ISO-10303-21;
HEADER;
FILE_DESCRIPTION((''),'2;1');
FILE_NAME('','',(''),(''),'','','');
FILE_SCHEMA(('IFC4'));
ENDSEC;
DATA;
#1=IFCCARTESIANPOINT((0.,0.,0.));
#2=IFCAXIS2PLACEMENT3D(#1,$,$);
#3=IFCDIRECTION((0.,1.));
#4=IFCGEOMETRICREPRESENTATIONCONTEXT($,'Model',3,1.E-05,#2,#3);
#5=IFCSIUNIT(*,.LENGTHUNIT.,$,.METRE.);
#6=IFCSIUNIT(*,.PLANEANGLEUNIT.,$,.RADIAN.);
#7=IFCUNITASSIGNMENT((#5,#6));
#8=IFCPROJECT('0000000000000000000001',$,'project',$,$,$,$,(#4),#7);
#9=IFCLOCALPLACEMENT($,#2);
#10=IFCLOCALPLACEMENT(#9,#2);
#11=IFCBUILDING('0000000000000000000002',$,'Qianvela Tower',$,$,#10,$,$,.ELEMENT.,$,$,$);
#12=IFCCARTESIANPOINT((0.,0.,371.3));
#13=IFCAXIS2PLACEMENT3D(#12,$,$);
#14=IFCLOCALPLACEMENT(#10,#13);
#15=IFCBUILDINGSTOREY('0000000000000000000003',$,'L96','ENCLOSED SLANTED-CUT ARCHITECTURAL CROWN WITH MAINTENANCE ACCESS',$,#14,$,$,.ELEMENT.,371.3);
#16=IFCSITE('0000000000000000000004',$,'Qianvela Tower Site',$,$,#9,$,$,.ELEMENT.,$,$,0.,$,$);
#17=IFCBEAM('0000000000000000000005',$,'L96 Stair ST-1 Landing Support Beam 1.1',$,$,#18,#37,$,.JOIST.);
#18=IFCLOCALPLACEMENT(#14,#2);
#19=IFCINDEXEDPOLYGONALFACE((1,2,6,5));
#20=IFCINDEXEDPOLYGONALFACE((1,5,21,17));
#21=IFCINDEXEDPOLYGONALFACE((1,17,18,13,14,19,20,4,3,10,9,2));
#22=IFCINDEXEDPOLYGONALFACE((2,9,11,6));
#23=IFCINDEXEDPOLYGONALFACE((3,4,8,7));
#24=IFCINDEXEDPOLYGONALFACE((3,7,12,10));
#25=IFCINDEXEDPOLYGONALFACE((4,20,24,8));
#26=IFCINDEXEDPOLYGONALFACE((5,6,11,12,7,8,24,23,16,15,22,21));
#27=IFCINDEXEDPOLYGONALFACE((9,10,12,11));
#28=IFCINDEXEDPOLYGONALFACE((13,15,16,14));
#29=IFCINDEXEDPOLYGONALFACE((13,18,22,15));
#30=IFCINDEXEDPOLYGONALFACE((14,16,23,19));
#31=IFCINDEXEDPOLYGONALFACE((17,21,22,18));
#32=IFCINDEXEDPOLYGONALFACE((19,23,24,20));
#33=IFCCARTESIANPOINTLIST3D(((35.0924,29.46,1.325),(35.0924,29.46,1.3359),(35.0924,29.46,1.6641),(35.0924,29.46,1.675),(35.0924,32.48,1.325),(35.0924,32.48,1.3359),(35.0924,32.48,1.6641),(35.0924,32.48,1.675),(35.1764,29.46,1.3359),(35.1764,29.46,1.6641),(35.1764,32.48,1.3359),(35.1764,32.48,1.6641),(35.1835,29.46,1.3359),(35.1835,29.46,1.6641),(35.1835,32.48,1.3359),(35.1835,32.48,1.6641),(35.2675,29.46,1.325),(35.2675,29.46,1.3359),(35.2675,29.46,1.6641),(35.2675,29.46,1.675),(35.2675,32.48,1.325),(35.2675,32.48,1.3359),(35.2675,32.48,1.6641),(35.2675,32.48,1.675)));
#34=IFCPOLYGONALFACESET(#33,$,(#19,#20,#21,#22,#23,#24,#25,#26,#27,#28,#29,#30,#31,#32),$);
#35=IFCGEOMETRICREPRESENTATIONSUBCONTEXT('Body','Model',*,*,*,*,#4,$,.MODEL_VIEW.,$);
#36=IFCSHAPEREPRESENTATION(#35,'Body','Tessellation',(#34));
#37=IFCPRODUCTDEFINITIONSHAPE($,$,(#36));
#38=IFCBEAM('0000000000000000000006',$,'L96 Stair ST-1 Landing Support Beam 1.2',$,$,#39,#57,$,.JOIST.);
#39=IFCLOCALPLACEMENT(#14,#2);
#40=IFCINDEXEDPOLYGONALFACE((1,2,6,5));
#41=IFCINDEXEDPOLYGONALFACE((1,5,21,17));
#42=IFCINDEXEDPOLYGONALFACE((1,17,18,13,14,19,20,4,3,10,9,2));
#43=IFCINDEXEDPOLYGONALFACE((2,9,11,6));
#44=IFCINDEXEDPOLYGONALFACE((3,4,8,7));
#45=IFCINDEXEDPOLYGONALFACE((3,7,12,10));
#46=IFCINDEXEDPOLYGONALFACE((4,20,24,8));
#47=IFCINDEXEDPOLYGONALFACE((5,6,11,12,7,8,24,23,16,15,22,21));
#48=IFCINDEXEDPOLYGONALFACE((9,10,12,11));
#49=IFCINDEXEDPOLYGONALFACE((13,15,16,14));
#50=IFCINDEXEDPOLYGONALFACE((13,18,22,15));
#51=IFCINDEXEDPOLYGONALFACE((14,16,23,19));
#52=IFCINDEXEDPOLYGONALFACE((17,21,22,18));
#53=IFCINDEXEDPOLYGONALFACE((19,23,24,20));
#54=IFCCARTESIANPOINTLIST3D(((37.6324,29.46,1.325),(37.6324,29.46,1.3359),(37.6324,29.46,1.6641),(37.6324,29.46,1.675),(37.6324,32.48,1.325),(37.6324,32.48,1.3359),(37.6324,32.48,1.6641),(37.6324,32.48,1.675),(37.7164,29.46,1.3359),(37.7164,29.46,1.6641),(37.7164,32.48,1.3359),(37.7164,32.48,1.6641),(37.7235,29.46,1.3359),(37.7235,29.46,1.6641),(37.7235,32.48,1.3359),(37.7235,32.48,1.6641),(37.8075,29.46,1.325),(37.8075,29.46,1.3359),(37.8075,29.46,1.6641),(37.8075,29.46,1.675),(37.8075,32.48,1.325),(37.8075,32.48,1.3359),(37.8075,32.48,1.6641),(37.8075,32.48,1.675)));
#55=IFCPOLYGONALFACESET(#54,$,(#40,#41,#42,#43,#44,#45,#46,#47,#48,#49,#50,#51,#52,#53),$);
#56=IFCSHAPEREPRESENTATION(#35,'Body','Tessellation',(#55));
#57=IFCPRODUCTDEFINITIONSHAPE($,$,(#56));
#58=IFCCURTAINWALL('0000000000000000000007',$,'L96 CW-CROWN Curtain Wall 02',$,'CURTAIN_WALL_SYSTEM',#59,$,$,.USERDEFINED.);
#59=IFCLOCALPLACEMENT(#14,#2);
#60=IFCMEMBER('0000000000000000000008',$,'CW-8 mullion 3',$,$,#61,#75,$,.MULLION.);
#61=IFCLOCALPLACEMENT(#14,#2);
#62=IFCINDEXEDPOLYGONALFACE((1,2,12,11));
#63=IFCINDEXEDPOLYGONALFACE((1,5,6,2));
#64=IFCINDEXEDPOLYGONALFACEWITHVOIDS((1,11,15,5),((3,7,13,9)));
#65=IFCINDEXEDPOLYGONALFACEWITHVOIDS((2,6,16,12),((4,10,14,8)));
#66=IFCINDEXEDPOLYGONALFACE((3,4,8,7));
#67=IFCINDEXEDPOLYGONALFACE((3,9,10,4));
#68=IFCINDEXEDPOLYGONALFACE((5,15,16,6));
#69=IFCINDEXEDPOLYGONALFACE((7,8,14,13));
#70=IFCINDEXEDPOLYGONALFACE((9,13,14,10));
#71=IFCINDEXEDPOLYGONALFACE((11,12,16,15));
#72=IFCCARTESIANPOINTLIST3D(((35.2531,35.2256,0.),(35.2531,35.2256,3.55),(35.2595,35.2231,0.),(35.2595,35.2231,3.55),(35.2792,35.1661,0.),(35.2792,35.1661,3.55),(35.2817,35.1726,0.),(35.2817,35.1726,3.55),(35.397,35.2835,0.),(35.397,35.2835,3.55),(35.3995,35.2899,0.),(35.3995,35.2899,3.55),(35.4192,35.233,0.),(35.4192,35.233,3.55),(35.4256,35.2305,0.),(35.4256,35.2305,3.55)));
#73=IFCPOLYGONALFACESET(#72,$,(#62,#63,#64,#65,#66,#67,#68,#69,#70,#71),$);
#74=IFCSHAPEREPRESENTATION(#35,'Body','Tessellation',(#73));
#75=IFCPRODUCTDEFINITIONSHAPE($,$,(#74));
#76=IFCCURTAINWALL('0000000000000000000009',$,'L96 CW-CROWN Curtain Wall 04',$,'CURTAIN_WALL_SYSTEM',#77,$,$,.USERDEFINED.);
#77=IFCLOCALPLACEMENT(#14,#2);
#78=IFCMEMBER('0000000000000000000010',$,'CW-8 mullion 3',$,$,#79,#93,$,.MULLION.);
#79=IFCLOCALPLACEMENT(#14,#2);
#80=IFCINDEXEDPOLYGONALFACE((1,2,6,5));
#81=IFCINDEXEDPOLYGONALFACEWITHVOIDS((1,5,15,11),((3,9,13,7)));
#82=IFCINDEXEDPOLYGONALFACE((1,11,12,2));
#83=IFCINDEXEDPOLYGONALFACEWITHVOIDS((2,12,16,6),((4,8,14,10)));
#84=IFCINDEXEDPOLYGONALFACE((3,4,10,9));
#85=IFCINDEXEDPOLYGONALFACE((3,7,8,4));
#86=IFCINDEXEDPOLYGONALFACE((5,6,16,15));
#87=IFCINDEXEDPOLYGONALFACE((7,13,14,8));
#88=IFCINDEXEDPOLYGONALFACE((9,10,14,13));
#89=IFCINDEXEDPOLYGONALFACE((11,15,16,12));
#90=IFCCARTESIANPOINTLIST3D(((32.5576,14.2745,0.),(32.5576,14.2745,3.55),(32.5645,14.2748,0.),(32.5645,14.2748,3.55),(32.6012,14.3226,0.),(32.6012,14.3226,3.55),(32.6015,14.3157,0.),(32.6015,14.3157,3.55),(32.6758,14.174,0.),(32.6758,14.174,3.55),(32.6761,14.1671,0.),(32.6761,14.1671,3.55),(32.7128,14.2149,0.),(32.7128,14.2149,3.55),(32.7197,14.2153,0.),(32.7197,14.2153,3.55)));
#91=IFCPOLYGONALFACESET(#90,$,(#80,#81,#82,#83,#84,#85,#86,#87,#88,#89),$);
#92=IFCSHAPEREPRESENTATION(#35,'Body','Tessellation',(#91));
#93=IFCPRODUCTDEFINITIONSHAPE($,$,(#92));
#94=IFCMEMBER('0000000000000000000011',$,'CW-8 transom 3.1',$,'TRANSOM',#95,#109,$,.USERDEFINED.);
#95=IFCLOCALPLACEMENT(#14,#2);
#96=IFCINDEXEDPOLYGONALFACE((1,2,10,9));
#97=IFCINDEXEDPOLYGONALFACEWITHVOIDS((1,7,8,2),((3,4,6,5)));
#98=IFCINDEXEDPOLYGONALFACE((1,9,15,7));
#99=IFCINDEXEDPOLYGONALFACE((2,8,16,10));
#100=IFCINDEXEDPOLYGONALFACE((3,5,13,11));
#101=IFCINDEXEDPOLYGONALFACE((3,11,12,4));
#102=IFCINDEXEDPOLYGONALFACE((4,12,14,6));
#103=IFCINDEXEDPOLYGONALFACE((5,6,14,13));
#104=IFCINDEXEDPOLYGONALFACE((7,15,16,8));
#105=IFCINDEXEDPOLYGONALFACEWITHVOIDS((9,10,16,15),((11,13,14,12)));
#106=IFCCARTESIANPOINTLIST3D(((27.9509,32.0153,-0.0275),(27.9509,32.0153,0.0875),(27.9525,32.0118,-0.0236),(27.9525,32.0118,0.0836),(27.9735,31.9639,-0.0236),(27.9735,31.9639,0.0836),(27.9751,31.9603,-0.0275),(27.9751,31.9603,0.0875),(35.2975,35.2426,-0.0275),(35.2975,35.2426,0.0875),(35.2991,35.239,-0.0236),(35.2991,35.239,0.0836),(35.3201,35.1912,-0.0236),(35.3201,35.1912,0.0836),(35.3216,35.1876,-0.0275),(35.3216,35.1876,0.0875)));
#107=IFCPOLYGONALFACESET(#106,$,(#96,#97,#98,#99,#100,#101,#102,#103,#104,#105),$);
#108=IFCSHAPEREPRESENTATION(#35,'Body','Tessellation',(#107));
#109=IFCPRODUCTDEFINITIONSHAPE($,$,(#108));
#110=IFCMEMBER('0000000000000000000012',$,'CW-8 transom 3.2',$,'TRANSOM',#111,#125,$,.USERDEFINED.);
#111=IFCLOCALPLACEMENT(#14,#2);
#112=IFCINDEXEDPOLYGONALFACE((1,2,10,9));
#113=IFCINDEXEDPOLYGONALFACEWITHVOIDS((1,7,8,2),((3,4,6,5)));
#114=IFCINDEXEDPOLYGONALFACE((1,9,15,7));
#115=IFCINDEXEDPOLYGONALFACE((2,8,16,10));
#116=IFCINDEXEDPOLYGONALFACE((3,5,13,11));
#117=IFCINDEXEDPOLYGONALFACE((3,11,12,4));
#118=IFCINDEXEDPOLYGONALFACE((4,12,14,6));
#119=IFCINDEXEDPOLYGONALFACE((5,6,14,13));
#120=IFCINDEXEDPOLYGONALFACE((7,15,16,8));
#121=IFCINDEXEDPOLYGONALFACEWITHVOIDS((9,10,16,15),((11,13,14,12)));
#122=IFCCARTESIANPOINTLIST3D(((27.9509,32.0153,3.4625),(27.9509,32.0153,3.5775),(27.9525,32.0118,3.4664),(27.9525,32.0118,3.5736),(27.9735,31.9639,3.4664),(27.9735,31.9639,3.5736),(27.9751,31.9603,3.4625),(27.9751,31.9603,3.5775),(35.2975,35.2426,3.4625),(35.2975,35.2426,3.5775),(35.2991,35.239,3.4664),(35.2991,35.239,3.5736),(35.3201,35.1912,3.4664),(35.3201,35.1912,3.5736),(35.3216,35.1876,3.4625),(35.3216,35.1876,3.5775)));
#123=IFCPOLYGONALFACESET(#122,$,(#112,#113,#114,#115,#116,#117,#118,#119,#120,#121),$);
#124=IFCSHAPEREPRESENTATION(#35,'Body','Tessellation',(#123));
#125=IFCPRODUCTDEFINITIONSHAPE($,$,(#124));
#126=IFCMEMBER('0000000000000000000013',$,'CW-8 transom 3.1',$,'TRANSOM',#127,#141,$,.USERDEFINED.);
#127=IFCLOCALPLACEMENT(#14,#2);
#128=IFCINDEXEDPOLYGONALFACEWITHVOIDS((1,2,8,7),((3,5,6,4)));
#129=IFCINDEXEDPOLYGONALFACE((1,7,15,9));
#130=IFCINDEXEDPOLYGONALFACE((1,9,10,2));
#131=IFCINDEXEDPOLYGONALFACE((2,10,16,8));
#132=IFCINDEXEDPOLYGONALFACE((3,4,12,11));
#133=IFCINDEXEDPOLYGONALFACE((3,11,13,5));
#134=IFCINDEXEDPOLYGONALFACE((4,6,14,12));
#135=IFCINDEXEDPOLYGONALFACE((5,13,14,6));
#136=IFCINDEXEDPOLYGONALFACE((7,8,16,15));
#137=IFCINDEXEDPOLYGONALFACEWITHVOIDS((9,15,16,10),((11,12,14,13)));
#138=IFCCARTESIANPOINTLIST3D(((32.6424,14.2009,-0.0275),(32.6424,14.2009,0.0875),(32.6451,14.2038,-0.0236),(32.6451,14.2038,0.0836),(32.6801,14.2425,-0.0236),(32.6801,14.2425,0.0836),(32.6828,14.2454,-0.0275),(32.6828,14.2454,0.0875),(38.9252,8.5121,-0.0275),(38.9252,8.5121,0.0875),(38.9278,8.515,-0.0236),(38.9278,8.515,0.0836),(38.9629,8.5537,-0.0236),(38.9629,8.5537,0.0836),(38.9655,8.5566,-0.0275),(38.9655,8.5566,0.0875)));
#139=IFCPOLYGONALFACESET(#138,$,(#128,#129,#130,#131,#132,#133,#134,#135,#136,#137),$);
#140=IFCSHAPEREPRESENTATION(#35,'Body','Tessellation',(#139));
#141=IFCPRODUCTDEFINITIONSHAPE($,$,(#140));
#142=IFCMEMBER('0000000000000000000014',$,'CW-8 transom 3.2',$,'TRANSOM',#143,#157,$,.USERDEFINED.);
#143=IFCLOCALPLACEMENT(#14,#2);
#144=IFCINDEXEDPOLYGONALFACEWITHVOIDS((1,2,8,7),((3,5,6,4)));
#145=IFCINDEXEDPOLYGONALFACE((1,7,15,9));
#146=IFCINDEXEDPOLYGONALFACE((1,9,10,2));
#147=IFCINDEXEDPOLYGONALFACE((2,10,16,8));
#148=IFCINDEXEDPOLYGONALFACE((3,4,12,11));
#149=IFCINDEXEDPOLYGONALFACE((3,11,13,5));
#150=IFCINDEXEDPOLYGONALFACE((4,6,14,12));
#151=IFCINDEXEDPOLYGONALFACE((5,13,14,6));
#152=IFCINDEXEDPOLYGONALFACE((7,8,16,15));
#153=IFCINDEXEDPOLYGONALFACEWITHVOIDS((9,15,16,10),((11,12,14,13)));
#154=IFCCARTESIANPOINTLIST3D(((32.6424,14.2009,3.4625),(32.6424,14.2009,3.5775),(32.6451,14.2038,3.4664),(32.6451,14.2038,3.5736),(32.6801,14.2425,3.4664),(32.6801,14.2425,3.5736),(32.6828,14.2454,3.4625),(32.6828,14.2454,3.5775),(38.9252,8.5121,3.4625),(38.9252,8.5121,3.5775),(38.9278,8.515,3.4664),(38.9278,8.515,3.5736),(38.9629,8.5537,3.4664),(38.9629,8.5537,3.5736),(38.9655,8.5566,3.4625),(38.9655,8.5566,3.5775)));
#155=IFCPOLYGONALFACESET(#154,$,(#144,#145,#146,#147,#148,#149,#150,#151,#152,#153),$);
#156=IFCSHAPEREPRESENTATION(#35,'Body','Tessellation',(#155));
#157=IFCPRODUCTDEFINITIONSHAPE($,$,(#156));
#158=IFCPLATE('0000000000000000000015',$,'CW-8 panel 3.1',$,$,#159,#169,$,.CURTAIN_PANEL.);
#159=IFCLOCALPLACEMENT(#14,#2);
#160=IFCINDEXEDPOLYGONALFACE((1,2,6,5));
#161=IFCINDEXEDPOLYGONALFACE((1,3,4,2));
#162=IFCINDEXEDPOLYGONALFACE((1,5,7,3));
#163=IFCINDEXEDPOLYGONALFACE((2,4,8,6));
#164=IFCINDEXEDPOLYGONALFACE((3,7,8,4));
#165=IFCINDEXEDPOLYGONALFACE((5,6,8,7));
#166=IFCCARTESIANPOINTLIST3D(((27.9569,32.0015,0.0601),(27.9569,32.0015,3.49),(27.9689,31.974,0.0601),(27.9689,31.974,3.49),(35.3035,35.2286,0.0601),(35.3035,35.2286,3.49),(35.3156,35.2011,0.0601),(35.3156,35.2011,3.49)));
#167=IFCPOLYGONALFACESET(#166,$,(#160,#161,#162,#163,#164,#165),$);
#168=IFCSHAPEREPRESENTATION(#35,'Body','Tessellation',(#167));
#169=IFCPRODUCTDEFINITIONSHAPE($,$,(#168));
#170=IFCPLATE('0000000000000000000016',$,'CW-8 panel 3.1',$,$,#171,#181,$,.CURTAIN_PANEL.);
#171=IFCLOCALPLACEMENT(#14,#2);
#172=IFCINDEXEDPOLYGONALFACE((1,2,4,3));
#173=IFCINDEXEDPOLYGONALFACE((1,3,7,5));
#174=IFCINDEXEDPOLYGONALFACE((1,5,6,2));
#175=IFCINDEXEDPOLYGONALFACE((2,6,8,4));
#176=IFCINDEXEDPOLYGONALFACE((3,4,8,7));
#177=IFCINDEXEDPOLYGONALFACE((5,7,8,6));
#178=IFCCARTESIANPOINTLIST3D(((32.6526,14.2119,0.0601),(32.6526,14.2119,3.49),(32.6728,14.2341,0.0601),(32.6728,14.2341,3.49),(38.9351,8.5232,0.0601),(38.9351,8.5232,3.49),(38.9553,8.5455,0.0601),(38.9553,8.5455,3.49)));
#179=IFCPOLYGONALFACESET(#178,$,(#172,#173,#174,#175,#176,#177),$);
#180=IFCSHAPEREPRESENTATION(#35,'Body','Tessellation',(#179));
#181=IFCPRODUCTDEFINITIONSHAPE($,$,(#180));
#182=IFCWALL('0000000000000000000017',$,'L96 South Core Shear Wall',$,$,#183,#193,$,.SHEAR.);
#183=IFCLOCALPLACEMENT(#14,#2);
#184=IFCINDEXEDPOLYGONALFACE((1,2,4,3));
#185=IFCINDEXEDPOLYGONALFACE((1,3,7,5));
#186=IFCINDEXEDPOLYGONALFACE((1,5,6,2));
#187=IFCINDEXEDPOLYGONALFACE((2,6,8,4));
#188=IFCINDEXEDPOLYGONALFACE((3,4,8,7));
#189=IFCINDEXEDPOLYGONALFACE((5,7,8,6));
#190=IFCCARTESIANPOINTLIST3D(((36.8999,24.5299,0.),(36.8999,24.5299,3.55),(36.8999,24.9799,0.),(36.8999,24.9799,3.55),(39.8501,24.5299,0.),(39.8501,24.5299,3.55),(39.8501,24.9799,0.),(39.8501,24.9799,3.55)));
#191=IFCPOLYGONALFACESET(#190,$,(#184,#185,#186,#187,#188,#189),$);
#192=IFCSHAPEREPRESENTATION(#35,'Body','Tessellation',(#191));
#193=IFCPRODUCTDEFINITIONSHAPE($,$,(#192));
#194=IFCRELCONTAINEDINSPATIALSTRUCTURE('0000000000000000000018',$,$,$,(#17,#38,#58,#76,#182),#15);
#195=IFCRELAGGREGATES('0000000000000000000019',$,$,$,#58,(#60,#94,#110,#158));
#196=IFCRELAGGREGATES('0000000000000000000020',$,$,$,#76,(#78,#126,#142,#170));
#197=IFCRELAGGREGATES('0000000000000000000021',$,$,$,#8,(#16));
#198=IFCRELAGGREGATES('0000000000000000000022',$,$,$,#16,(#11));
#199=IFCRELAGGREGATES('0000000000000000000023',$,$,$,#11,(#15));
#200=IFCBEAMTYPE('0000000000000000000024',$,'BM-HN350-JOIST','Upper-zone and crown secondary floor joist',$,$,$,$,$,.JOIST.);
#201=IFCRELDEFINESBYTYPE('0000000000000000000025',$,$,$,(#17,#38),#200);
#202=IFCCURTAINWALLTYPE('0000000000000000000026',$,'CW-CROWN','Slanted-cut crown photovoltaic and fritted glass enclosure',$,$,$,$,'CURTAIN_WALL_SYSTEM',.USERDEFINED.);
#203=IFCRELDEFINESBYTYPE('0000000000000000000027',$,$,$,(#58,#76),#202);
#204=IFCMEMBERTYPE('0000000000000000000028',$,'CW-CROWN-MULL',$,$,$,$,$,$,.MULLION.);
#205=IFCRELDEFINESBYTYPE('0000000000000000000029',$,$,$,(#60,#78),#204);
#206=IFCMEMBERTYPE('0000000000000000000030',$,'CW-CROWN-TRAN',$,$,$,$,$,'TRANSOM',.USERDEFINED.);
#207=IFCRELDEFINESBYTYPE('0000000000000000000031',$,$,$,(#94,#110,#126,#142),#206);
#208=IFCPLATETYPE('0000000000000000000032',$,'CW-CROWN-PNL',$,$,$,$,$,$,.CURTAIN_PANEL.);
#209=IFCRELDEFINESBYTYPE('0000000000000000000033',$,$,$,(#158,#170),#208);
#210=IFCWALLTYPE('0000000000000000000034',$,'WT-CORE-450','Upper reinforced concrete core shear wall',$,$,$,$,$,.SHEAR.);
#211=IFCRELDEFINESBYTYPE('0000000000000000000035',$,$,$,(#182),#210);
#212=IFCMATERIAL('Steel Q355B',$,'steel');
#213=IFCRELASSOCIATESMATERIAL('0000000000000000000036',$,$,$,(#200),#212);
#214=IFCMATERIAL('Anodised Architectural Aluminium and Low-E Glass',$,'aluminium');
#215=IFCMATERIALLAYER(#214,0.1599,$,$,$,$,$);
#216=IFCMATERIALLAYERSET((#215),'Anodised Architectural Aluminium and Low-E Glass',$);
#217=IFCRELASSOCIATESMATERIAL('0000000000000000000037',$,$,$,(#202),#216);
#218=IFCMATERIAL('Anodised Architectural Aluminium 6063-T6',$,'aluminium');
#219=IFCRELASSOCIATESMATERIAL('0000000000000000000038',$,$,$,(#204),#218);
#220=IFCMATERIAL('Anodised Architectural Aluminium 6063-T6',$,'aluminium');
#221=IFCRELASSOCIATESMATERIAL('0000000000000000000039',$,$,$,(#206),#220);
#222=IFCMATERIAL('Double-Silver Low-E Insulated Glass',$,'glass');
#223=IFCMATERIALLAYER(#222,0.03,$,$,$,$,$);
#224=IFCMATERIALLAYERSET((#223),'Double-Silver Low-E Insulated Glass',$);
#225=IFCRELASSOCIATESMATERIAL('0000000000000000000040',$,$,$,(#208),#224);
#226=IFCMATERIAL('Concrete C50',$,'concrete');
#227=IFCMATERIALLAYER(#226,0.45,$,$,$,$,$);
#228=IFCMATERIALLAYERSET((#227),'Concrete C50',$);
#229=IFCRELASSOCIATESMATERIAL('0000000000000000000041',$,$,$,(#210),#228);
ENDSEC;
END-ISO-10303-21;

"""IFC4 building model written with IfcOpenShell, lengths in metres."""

from ifc_helpers import new_model, si_unit, direction, frame, frame_2d, origin, origin_2d, place, context, subcontext, project, spatial, rectangle, hollow_rectangle, i_section, extrude, material, layer, layer_set, material_profile, profile_set, type_object, element, aggregate, save


model = new_model("IFC4")

# Units and contexts
model_context = context("Model", 3, precision=1e-05, world=origin(), true_north=direction((0.0, 1.0)))
body_context = subcontext(model_context, "Body", "Model", "MODEL_VIEW")
ifc_project = project(units=[si_unit("LENGTHUNIT", "METRE"), si_unit("PLANEANGLEUNIT", "RADIAN")], contexts=[model_context])

# Site, building, storey
site_placement = place(None, origin())
site = spatial("IfcSite", under=ifc_project, at=site_placement, Name="Qianvela Tower Site", CompositionType="ELEMENT", RefElevation=0.0)
building_placement = place(site_placement, origin())
building = spatial("IfcBuilding", under=site, at=building_placement, Name="Qianvela Tower", CompositionType="ELEMENT")
storey_placement = place(building_placement, frame((0.0, 0.0, 371.3)))
storey = spatial("IfcBuildingStorey", under=building, at=storey_placement, Name="L96", Description="ENCLOSED SLANTED-CUT ARCHITECTURAL CROWN WITH MAINTENANCE ACCESS", CompositionType="ELEMENT", Elevation=371.3)

# Beams
ifc_material_1 = material(Name="Steel Q355B", Category="steel")
ifc_material_profile_1 = material_profile(ifc_material_1, i_section(OverallWidth=0.175, OverallDepth=0.3501, WebThickness=0.0071, FlangeThickness=0.011, at=origin_2d()), Name="HN350x175x7x11")
ifc_profile_set_1 = profile_set([ifc_material_profile_1], Name="Steel Q355B")
beam_type = type_object("IfcBeamType", Name="BM-HN350-JOIST", Description="Upper-zone and crown secondary floor joist", PredefinedType="JOIST", material=ifc_profile_set_1)
for number, where, z_axis, x_axis, name in (
    (1, (35.1799, 29.46, 1.5), (0.0, 1.0, 0.0), (-1.0, 0.0, 0.0), "L96 Stair ST-1 Landing Support Beam 1.1"),
    (2, (37.72, 29.46, 1.5), (0.0, 1.0, 0.0), (-1.0, 0.0, 0.0), "L96 Stair ST-1 Landing Support Beam 1.2"),
):
    element("IfcBeam", number, at=place(storey_placement, frame(where, z_axis=z_axis, x_axis=x_axis)), inside=storey, type_object=beam_type, Name=name, PredefinedType="JOIST", context=body_context, shape_type="SweptSolid", body=[
        extrude(i_section(OverallWidth=0.175, OverallDepth=0.3501, WebThickness=0.0071, FlangeThickness=0.011, at=origin_2d()), origin(), (0.0, 0.0, 1.0), 3.02),
    ])

# Curtain walls, members
ifc_material_2 = material(Name="Anodised Architectural Aluminium and Low-E Glass", Category="aluminium")
ifc_layer_1 = layer(ifc_material_2, 0.1599)
ifc_layer_set_1 = layer_set([ifc_layer_1], Name="Anodised Architectural Aluminium and Low-E Glass")
curtain_wall_type = type_object("IfcCurtainWallType", Name="CW-CROWN", Description="Slanted-cut crown photovoltaic and fritted glass enclosure", ElementType="CURTAIN_WALL_SYSTEM", PredefinedType="USERDEFINED", material=ifc_layer_set_1)
curtain_wall_1_placement = place(storey_placement, origin())
curtain_wall_1 = element("IfcCurtainWall", 3, at=curtain_wall_1_placement, inside=storey, type_object=curtain_wall_type, Name="L96 CW-CROWN Curtain Wall 02", ObjectType="CURTAIN_WALL_SYSTEM", PredefinedType="USERDEFINED")
ifc_material_3 = material(Name="Anodised Architectural Aluminium 6063-T6", Category="aluminium")
ifc_material_profile_2 = material_profile(ifc_material_3, hollow_rectangle(XDim=0.0649, YDim=0.1599, WallThickness=0.0049, at=origin_2d()), Name="ALU-MULL-65x160")
ifc_profile_set_2 = profile_set([ifc_material_profile_2], Name="Anodised Architectural Aluminium 6063-T6")
member_type_1 = type_object("IfcMemberType", Name="CW-CROWN-MULL", PredefinedType="MULLION", material=ifc_profile_set_2)
member_1_placement = place(storey_placement, frame((35.3394, 35.228, 0.0), z_axis=(0.0, 0.0, 1.0), x_axis=(0.40217, -0.915565, 0.0)))
member_1 = element("IfcMember", 4, at=member_1_placement, type_object=member_type_1, Name="CW-8 mullion 3", PredefinedType="MULLION", context=body_context, shape_type="SweptSolid", body=[
    extrude(hollow_rectangle(XDim=0.0649, YDim=0.1599, WallThickness=0.0049, at=origin_2d()), origin(), (0.0, 0.0, 1.0), 3.55),
])
curtain_wall_2_placement = place(storey_placement, origin())
curtain_wall_2 = element("IfcCurtainWall", 5, at=curtain_wall_2_placement, inside=storey, type_object=curtain_wall_type, Name="L96 CW-CROWN Curtain Wall 04", ObjectType="CURTAIN_WALL_SYSTEM", PredefinedType="USERDEFINED")
member_2_placement = place(storey_placement, frame((32.6387, 14.2449, 0.0), z_axis=(0.0, 0.0, 1.0), x_axis=(0.671203, 0.741273, 0.0)))
member_2 = element("IfcMember", 6, at=member_2_placement, type_object=member_type_1, Name="CW-8 mullion 3", PredefinedType="MULLION", context=body_context, shape_type="SweptSolid", body=[
    extrude(hollow_rectangle(XDim=0.0649, YDim=0.1599, WallThickness=0.0049, at=origin_2d()), origin(), (0.0, 0.0, 1.0), 3.55),
])

# Members
ifc_material_4 = material(Name="Anodised Architectural Aluminium 6063-T6", Category="aluminium")
ifc_material_profile_3 = material_profile(ifc_material_4, hollow_rectangle(XDim=0.0601, YDim=0.115, WallThickness=0.0039, at=origin_2d()), Name="ALU-TRAN-60x115")
ifc_profile_set_3 = profile_set([ifc_material_profile_3], Name="Anodised Architectural Aluminium 6063-T6")
member_type_2 = type_object("IfcMemberType", Name="CW-CROWN-TRAN", ElementType="TRANSOM", PredefinedType="USERDEFINED", material=ifc_profile_set_3)
member_3_placement = place(storey_placement, frame((35.3096, 35.2151, 0.03), z_axis=(-0.915556, -0.402191, 0.0), x_axis=(0.402191, -0.915556, 0.0)))
member_3 = element("IfcMember", 7, at=member_3_placement, type_object=member_type_2, Name="CW-8 transom 3.1", ObjectType="TRANSOM", PredefinedType="USERDEFINED", context=body_context, shape_type="SweptSolid", body=[
    extrude(hollow_rectangle(XDim=0.0601, YDim=0.115, WallThickness=0.0039, at=origin_2d()), origin(), (0.0, 0.0, 1.0), 8.0242),
])
member_4_placement = place(storey_placement, frame((35.3096, 35.2151, 3.52), z_axis=(-0.915556, -0.402191, 0.0), x_axis=(0.402191, -0.915556, 0.0)))
member_4 = element("IfcMember", 8, at=member_4_placement, type_object=member_type_2, Name="CW-8 transom 3.2", ObjectType="TRANSOM", PredefinedType="USERDEFINED", context=body_context, shape_type="SweptSolid", body=[
    extrude(hollow_rectangle(XDim=0.0601, YDim=0.115, WallThickness=0.0039, at=origin_2d()), origin(), (0.0, 0.0, 1.0), 8.0242),
])
member_5_placement = place(storey_placement, frame((32.6626, 14.2231, 0.03), z_axis=(0.74128, -0.671196, 0.0), x_axis=(0.671196, 0.74128, 0.0)))
member_5 = element("IfcMember", 9, at=member_5_placement, type_object=member_type_2, Name="CW-8 transom 3.1", ObjectType="TRANSOM", PredefinedType="USERDEFINED", context=body_context, shape_type="SweptSolid", body=[
    extrude(hollow_rectangle(XDim=0.0601, YDim=0.115, WallThickness=0.0039, at=origin_2d()), origin(), (0.0, 0.0, 1.0), 8.4756),
])
member_6_placement = place(storey_placement, frame((32.6626, 14.2231, 3.52), z_axis=(0.74128, -0.671196, 0.0), x_axis=(0.671196, 0.74128, 0.0)))
member_6 = element("IfcMember", 10, at=member_6_placement, type_object=member_type_2, Name="CW-8 transom 3.2", ObjectType="TRANSOM", PredefinedType="USERDEFINED", context=body_context, shape_type="SweptSolid", body=[
    extrude(hollow_rectangle(XDim=0.0601, YDim=0.115, WallThickness=0.0039, at=origin_2d()), origin(), (0.0, 0.0, 1.0), 8.4756),
])

# Plates
ifc_material_5 = material(Name="Double-Silver Low-E Insulated Glass", Category="glass")
ifc_layer_2 = layer(ifc_material_5, 0.03)
ifc_layer_set_2 = layer_set([ifc_layer_2], Name="Double-Silver Low-E Insulated Glass")
plate_type = type_object("IfcPlateType", Name="CW-CROWN-PNL", PredefinedType="CURTAIN_PANEL", material=ifc_layer_set_2)
plate_1_placement = place(storey_placement, frame((31.6362, 33.6013, 0.0601), z_axis=(0.0, 0.0, 1.0), x_axis=(-0.915565, -0.40217, 0.0)))
plate_1 = element("IfcPlate", 11, at=plate_1_placement, type_object=plate_type, Name="CW-8 panel 3.1", PredefinedType="CURTAIN_PANEL", context=body_context, shape_type="SweptSolid", body=[
    extrude(rectangle(XDim=8.0242, YDim=0.03, at=origin_2d()), origin(), (0.0, 0.0, 1.0), 3.4299),
])
aggregate(curtain_wall_1, [member_1, member_3, member_4, plate_1])
plate_2_placement = place(storey_placement, frame((35.804, 11.3787, 0.0601), z_axis=(0.0, 0.0, 1.0), x_axis=(0.741273, -0.671203, 0.0)))
plate_2 = element("IfcPlate", 12, at=plate_2_placement, type_object=plate_type, Name="CW-8 panel 3.1", PredefinedType="CURTAIN_PANEL", context=body_context, shape_type="SweptSolid", body=[
    extrude(rectangle(XDim=8.4753, YDim=0.03, at=origin_2d()), origin(), (0.0, 0.0, 1.0), 3.4299),
])
aggregate(curtain_wall_2, [member_2, member_5, member_6, plate_2])

# Wall
ifc_material_6 = material(Name="Concrete C50", Category="concrete")
ifc_layer_3 = layer(ifc_material_6, 0.45)
ifc_layer_set_3 = layer_set([ifc_layer_3], Name="Concrete C50")
wall_type_1 = type_object("IfcWallType", Name="WT-CORE-450", Description="Upper reinforced concrete core shear wall", PredefinedType="SHEAR", material=ifc_layer_set_3)
wall_1_placement = place(storey_placement, frame((36.8999, 24.7549, 0.0), z_axis=(0.0, 0.0, 1.0), x_axis=(1.0, 0.0, 0.0)))
element("IfcWall", 13, at=wall_1_placement, inside=storey, type_object=wall_type_1, Name="L96 South Core Shear Wall", PredefinedType="SHEAR", context=body_context, shape_type="SweptSolid", body=[
    extrude(rectangle(XDim=2.9502, YDim=0.45, at=frame_2d((1.4751, 0.0))), origin(), (0.0, 0.0, 1.0), 3.55),
])

save(model, "model.ifc")
